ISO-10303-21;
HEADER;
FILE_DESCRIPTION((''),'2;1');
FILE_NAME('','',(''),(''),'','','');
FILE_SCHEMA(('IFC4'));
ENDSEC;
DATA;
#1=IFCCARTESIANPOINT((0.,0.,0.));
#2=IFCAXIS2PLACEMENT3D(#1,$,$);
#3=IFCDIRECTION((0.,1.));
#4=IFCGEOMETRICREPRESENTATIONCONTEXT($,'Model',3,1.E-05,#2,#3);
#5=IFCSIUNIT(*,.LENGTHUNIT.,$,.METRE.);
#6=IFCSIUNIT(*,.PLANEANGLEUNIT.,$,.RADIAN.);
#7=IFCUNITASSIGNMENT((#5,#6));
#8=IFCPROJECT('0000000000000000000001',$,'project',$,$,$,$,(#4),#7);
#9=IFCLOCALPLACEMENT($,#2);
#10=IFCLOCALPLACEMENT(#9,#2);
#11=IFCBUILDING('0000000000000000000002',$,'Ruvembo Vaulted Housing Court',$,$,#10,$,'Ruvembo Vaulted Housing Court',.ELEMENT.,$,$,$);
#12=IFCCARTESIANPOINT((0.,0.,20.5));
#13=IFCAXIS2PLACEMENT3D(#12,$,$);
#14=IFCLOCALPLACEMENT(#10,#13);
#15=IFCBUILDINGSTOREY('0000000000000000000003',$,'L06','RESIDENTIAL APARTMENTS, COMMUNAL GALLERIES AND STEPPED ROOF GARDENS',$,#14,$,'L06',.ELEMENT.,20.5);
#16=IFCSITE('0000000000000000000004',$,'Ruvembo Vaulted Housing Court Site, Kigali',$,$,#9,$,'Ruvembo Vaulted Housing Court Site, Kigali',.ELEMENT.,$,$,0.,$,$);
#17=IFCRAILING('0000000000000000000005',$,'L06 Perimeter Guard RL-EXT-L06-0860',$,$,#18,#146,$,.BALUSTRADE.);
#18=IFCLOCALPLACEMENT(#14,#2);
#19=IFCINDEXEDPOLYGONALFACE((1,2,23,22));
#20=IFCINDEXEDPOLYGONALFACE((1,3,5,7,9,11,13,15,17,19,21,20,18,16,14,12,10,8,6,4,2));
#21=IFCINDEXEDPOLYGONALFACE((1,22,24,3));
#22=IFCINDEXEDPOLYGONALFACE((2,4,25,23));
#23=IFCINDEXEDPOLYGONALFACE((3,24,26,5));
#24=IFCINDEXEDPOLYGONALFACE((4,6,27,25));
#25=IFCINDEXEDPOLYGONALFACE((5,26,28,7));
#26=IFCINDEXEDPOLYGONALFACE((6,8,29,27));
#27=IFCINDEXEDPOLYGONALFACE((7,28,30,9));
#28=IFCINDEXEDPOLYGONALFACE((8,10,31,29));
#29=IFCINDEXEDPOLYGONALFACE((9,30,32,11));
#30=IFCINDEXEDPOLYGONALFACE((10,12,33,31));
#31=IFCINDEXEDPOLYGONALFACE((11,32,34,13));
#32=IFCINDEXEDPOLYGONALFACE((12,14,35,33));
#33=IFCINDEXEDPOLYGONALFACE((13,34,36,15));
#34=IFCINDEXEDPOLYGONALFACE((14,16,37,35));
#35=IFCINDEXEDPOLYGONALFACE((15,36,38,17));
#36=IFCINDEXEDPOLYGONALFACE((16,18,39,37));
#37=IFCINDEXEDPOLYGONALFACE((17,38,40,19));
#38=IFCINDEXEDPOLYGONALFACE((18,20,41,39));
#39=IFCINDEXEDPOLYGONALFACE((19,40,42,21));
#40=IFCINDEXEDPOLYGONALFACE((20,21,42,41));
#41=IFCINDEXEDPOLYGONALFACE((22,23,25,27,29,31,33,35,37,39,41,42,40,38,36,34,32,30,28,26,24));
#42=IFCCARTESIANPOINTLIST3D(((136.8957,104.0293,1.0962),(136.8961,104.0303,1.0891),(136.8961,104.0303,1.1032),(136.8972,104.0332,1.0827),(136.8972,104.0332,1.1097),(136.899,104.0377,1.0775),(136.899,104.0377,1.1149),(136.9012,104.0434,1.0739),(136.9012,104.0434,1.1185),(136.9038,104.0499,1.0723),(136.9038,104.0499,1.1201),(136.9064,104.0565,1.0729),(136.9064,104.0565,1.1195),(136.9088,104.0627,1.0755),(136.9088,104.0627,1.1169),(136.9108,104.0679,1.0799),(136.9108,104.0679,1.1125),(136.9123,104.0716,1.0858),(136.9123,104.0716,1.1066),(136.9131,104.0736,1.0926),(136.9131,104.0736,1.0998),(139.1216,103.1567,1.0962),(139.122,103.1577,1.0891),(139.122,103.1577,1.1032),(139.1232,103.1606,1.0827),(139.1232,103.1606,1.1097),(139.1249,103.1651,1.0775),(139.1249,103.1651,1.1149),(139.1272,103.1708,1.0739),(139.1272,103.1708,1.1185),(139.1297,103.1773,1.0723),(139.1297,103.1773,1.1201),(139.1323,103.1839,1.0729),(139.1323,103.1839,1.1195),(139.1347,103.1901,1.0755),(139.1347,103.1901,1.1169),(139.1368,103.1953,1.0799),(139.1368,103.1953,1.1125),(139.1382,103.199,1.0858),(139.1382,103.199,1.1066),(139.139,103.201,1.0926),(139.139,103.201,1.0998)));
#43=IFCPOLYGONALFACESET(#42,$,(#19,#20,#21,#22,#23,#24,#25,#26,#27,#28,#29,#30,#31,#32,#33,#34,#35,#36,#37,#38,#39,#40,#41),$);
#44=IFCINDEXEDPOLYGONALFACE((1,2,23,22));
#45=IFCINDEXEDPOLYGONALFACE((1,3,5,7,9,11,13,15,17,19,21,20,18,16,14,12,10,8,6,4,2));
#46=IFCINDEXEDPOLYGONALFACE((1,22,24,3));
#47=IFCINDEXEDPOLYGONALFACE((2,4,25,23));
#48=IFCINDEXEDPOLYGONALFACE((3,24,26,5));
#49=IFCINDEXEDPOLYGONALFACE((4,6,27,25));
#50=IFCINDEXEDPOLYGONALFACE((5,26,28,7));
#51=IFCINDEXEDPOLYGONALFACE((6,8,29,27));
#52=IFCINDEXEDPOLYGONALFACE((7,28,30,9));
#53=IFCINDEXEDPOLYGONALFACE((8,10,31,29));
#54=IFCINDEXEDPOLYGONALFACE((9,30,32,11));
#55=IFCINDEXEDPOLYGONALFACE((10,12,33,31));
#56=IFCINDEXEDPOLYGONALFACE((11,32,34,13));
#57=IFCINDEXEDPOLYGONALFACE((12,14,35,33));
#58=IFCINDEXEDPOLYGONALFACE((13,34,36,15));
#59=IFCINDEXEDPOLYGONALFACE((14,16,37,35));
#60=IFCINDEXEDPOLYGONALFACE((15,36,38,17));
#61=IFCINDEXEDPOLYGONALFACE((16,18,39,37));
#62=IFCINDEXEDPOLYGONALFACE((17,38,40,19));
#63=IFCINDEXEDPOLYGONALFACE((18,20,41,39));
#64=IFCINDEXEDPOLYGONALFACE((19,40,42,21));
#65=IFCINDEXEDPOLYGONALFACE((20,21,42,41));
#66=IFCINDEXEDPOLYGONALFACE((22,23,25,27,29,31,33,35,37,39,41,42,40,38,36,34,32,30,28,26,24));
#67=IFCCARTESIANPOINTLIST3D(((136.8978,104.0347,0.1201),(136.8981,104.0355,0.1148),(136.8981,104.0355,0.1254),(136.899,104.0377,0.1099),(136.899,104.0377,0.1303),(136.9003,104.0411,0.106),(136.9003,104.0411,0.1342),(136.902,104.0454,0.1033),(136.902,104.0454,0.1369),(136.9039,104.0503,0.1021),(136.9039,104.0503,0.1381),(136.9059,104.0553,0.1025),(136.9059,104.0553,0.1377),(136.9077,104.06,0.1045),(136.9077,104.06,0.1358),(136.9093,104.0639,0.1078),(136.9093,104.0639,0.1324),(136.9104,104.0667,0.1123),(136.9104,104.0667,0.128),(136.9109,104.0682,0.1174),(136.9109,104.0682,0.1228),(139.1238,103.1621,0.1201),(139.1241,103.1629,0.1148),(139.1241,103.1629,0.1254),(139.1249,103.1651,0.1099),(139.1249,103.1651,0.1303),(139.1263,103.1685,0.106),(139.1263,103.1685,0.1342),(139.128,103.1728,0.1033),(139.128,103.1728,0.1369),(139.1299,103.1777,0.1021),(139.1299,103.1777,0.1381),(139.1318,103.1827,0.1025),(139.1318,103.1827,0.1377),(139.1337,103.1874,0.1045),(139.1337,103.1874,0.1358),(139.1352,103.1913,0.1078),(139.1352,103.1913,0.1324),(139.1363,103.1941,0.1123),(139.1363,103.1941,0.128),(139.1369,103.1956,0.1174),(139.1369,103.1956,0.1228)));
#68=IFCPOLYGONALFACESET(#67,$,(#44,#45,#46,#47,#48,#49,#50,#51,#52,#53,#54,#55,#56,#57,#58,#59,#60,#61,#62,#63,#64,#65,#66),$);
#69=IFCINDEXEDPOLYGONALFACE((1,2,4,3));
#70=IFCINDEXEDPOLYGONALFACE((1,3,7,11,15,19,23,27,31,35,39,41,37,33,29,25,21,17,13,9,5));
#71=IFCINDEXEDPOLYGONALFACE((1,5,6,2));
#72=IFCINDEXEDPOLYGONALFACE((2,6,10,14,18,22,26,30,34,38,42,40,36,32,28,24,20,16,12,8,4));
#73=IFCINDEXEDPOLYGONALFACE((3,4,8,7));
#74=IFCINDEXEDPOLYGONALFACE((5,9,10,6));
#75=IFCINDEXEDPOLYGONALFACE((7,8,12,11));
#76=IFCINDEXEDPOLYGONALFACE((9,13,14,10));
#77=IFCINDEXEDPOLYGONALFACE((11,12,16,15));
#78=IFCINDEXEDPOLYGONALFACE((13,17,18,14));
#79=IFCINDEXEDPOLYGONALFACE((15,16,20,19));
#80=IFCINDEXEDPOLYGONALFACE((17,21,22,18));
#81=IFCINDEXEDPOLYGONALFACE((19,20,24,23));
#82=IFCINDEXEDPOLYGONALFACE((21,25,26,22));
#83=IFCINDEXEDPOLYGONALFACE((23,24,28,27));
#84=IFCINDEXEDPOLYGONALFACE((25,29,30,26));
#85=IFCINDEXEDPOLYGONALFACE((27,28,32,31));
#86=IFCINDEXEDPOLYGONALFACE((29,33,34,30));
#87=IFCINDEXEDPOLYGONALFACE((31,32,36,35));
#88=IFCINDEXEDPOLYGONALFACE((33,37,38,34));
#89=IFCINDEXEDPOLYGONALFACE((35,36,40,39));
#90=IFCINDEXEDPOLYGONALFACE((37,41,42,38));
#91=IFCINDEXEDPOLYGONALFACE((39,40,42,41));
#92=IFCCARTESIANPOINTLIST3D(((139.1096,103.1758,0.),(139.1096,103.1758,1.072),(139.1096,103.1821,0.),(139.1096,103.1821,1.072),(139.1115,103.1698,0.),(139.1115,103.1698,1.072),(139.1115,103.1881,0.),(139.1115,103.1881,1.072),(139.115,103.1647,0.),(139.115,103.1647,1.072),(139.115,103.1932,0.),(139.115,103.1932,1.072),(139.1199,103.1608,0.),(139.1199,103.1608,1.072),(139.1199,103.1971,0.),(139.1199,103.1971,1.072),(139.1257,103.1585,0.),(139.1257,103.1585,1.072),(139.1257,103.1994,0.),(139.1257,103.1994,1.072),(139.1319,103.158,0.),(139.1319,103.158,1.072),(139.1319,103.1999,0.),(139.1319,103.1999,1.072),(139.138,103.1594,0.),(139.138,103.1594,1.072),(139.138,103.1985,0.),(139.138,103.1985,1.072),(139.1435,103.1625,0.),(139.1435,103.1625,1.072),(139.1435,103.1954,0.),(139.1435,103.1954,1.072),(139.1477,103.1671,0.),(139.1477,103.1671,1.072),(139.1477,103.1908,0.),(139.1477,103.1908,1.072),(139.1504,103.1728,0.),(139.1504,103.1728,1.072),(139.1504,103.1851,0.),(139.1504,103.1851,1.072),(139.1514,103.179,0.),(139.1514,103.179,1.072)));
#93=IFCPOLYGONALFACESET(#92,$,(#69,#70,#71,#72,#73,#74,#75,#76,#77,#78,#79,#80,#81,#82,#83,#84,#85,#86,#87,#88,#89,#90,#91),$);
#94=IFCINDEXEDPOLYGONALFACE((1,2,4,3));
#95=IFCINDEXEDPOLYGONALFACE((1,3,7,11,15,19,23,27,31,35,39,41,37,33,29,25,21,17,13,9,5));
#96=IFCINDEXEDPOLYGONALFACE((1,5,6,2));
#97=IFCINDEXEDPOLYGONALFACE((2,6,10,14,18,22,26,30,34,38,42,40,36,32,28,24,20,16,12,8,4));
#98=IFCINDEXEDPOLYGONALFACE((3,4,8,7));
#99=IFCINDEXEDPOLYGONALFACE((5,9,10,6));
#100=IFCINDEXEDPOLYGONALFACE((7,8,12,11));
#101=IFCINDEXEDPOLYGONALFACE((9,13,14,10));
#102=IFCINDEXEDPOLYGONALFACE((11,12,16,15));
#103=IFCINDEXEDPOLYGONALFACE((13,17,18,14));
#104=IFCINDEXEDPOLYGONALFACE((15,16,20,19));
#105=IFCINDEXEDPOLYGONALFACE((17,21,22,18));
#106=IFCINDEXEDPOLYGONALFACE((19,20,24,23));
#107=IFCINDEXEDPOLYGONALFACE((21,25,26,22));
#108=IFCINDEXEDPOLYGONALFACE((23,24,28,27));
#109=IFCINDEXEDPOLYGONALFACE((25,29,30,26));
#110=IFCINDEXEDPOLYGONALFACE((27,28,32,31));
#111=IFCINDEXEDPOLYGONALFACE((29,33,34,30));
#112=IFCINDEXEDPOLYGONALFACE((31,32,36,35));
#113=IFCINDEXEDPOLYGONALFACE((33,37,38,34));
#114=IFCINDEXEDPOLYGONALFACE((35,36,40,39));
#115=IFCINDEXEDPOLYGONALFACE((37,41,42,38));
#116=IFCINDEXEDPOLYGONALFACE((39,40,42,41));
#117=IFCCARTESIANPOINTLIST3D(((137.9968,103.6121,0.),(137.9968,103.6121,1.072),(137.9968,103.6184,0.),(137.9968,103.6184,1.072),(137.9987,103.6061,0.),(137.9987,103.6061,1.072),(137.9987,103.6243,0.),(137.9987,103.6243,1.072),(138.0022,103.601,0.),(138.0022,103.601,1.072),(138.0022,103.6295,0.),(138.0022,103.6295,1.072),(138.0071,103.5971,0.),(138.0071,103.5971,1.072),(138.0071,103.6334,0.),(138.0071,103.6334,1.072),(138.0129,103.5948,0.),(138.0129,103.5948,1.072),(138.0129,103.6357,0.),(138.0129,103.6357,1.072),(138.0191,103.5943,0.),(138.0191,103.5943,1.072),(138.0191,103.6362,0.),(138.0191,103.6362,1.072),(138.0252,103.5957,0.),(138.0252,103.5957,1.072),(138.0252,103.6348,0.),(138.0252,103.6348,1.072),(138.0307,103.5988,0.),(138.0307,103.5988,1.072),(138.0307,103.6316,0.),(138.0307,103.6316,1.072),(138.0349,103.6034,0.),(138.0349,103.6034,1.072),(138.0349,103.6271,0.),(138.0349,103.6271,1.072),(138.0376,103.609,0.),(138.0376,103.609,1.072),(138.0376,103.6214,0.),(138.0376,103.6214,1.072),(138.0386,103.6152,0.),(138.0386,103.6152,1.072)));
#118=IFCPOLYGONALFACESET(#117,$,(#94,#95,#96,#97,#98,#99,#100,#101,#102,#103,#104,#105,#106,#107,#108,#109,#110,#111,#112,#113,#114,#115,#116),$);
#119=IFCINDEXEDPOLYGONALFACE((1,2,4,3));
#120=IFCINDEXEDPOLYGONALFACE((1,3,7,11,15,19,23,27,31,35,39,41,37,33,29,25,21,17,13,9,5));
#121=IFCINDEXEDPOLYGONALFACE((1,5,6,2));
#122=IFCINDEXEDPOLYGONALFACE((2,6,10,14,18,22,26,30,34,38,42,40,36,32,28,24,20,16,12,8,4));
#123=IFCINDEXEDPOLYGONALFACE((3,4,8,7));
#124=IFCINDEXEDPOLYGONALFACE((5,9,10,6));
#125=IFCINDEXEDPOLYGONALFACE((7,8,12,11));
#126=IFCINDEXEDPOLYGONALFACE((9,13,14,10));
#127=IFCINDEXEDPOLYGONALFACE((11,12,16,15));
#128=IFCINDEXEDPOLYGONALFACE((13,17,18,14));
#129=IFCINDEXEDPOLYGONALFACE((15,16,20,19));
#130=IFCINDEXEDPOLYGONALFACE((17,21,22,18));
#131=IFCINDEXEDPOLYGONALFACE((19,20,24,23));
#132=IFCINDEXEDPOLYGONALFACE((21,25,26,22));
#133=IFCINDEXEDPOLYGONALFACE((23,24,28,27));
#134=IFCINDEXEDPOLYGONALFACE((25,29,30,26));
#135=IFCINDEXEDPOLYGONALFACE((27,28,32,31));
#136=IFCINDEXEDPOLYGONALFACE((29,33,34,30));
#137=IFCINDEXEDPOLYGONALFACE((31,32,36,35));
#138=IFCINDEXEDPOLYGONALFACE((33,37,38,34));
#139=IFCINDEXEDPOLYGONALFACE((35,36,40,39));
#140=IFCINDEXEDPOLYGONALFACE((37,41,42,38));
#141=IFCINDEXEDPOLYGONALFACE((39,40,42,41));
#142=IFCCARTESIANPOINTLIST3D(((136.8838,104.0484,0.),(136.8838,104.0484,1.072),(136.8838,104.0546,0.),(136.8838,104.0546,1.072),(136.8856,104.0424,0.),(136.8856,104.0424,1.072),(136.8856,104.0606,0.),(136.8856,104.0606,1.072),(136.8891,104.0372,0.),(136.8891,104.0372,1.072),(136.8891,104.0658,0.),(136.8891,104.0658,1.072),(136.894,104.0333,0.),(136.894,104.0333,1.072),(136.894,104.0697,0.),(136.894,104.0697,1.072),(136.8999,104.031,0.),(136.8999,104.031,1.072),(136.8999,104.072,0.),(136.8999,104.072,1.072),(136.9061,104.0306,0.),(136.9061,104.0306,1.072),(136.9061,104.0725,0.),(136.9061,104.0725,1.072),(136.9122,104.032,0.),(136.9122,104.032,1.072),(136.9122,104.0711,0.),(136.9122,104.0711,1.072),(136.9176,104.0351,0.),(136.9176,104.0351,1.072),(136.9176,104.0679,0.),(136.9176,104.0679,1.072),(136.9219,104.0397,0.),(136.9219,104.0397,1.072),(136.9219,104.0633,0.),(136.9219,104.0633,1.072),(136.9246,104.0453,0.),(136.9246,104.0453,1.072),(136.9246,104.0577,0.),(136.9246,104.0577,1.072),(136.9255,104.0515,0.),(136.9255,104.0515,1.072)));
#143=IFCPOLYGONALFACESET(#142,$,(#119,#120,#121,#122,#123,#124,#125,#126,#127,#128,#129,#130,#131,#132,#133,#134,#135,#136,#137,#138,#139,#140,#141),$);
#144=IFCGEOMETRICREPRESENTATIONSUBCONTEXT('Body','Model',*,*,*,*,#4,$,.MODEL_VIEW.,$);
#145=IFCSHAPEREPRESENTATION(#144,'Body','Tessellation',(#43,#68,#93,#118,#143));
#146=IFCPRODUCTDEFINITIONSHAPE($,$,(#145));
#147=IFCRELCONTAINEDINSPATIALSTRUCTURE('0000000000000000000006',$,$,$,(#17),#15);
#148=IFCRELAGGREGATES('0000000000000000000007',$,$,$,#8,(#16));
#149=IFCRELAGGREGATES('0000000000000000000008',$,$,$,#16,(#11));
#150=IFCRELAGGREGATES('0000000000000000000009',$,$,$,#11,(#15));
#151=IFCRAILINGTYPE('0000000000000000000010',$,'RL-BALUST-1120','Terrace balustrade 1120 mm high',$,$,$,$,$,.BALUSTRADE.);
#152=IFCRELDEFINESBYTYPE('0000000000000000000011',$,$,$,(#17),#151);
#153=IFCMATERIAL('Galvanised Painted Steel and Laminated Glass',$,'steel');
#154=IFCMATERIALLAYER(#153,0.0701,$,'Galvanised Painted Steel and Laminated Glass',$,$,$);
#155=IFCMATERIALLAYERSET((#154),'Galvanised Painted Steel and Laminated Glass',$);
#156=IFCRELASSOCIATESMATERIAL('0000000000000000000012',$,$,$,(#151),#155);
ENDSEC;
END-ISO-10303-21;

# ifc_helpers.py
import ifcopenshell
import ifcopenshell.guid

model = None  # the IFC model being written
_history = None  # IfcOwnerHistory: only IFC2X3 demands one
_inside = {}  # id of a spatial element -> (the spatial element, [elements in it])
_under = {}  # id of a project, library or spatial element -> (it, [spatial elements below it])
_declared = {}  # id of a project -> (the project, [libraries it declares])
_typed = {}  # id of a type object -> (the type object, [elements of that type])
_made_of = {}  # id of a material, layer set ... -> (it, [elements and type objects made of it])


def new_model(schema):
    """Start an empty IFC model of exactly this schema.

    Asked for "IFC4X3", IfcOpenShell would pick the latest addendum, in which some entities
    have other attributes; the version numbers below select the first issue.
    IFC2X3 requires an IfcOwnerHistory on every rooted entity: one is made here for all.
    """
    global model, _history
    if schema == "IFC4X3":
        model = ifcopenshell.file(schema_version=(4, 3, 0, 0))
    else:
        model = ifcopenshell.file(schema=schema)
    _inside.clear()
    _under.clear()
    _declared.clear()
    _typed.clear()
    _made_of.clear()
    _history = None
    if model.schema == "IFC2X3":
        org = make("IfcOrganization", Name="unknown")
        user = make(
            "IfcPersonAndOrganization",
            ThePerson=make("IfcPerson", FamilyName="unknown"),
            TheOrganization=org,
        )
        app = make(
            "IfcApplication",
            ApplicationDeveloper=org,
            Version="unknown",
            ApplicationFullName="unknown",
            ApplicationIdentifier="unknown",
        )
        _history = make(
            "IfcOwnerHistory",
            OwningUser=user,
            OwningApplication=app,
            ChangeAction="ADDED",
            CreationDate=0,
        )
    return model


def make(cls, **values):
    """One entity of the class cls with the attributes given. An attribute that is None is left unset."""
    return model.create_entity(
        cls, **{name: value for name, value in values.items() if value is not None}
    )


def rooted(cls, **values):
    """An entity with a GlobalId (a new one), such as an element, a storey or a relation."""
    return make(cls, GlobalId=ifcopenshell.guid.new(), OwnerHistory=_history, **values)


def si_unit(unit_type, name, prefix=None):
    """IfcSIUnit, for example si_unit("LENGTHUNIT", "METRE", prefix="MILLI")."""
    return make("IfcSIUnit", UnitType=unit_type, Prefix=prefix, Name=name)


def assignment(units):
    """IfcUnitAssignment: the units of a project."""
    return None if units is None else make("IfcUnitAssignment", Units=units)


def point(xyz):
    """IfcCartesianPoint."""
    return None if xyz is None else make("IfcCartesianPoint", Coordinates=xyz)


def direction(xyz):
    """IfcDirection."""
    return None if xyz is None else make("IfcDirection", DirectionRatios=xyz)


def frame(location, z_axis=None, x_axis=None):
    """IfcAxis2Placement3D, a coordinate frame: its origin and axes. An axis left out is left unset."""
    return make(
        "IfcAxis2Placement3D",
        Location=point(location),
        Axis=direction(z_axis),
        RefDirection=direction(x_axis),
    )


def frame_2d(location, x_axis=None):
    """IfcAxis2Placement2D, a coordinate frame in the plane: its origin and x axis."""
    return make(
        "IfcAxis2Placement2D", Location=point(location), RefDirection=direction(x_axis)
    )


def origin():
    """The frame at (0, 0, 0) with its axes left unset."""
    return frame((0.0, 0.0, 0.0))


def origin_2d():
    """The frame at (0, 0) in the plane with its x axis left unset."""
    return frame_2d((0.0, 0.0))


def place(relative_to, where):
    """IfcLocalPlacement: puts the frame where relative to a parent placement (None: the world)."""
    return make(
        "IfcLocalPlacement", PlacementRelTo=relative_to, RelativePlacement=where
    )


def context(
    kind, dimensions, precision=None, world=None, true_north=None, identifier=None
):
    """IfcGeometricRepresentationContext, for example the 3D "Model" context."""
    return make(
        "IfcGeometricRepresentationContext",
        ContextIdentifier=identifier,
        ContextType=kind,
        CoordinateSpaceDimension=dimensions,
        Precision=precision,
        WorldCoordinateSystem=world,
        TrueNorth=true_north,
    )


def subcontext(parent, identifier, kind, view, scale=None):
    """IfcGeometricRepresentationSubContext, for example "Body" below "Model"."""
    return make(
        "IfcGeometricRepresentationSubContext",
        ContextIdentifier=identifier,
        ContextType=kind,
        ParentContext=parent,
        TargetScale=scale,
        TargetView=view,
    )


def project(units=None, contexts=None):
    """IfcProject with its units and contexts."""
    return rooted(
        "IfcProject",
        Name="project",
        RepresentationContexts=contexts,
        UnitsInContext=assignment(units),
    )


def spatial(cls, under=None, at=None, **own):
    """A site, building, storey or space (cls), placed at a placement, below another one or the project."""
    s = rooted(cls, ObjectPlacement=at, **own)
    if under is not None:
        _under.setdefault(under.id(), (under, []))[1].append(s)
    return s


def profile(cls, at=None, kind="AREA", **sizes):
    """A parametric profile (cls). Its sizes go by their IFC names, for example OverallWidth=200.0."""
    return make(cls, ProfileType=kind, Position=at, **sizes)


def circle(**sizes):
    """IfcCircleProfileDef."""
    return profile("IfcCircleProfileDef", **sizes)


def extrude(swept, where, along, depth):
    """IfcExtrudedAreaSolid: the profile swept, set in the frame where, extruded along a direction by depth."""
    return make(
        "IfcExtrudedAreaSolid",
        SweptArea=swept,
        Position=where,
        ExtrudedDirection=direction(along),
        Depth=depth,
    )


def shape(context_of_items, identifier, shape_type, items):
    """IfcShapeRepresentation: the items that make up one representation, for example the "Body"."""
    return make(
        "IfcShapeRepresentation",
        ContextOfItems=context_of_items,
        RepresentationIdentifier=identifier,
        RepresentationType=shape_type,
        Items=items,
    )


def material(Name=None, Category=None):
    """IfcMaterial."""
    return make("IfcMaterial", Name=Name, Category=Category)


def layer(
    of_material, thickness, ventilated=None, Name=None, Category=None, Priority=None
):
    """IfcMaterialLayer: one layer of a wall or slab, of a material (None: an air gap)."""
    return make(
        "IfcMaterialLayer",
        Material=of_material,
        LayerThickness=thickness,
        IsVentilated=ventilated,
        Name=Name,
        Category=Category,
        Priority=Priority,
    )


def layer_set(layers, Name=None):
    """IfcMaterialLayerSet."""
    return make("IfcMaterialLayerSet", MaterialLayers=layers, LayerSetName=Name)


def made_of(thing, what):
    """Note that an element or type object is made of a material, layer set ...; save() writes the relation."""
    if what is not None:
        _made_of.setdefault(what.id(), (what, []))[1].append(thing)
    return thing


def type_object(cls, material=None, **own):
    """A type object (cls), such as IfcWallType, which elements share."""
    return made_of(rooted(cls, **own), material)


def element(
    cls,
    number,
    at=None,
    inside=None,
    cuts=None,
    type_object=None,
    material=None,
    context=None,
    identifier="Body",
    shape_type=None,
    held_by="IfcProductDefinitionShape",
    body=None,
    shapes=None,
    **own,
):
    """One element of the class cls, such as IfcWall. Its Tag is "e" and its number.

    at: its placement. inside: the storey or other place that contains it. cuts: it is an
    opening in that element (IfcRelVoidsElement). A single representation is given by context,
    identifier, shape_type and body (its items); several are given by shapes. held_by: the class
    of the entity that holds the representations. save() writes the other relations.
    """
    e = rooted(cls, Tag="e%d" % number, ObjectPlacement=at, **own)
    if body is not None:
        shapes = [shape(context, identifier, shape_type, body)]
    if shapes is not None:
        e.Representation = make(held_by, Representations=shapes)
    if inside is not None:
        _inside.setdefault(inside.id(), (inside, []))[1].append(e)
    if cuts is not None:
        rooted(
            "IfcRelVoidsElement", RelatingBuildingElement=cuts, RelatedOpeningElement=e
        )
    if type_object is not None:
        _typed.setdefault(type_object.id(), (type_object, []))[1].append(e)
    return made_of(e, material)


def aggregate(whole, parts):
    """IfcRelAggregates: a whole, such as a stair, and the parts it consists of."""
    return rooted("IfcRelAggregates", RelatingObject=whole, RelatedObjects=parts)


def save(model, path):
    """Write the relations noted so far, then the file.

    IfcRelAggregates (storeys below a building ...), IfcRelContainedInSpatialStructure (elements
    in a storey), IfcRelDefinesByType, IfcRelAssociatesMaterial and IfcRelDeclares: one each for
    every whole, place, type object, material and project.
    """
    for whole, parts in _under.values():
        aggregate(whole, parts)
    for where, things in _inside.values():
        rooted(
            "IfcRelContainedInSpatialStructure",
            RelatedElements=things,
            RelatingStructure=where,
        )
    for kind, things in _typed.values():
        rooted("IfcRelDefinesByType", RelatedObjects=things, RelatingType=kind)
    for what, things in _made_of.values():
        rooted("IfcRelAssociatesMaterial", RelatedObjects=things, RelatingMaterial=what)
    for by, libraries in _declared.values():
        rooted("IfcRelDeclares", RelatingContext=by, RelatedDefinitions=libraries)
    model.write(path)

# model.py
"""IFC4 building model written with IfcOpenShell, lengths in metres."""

from ifc_helpers import new_model, si_unit, direction, frame, origin, origin_2d, place, context, subcontext, project, spatial, circle, extrude, material, layer, layer_set, type_object, element, save


model = new_model("IFC4")

# Units and contexts
model_context = context("Model", 3, precision=1e-05, world=origin(), true_north=direction((0.0, 1.0)))
body_context = subcontext(model_context, "Body", "Model", "MODEL_VIEW")
ifc_project = project(units=[si_unit("LENGTHUNIT", "METRE"), si_unit("PLANEANGLEUNIT", "RADIAN")], contexts=[model_context])

# Site, building, storey
site_placement = place(None, origin())
site = spatial("IfcSite", under=ifc_project, at=site_placement, Name="Ruvembo Vaulted Housing Court Site, Kigali", LongName="Ruvembo Vaulted Housing Court Site, Kigali", CompositionType="ELEMENT", RefElevation=0.0)
building_placement = place(site_placement, origin())
building = spatial("IfcBuilding", under=site, at=building_placement, Name="Ruvembo Vaulted Housing Court", LongName="Ruvembo Vaulted Housing Court", CompositionType="ELEMENT")
storey_placement = place(building_placement, frame((0.0, 0.0, 20.5)))
storey = spatial("IfcBuildingStorey", under=building, at=storey_placement, Name="L06", Description="RESIDENTIAL APARTMENTS, COMMUNAL GALLERIES AND STEPPED ROOF GARDENS", LongName="L06", CompositionType="ELEMENT", Elevation=20.5)

# Railing
ifc_material_1 = material(Name="Galvanised Painted Steel and Laminated Glass", Category="steel")
ifc_layer = layer(ifc_material_1, 0.0701, Name="Galvanised Painted Steel and Laminated Glass")
ifc_layer_set = layer_set([ifc_layer], Name="Galvanised Painted Steel and Laminated Glass")
railing_type = type_object("IfcRailingType", Name="RL-BALUST-1120", Description="Terrace balustrade 1120 mm high", PredefinedType="BALUSTRADE", material=ifc_layer_set)
railing_1_placement = place(storey_placement, frame((139.1304, 103.179, 0.0)))
element("IfcRailing", 1, at=railing_1_placement, inside=storey, type_object=railing_type, Name="L06 Perimeter Guard RL-EXT-L06-0860", PredefinedType="BALUSTRADE", context=body_context, shape_type="SweptSolid", body=[
    extrude(circle(Radius=0.0239, at=origin_2d()), frame((0.0, 0.0, 1.0962), z_axis=(-0.931018, 0.364973, 0.0), x_axis=(-0.364973, -0.931018, 0.0)), (0.0, 0.0, 1.0), 2.3909),
    extrude(circle(Radius=0.0181, at=origin_2d()), frame((0.0, 0.0, 0.1201), z_axis=(-0.931018, 0.364973, 0.0), x_axis=(-0.364973, -0.931018, 0.0)), (0.0, 0.0, 1.0), 2.3909),
    extrude(circle(Radius=0.021, at=origin_2d()), origin(), (0.0, 0.0, 1.0), 1.072),
    extrude(circle(Radius=0.021, at=origin_2d()), frame((-1.1128, 0.4363, 0.0)), (0.0, 0.0, 1.0), 1.072),
    extrude(circle(Radius=0.021, at=origin_2d()), frame((-2.2258, 0.8726, 0.0)), (0.0, 0.0, 1.0), 1.072),
])

save(model, "model.ifc")
